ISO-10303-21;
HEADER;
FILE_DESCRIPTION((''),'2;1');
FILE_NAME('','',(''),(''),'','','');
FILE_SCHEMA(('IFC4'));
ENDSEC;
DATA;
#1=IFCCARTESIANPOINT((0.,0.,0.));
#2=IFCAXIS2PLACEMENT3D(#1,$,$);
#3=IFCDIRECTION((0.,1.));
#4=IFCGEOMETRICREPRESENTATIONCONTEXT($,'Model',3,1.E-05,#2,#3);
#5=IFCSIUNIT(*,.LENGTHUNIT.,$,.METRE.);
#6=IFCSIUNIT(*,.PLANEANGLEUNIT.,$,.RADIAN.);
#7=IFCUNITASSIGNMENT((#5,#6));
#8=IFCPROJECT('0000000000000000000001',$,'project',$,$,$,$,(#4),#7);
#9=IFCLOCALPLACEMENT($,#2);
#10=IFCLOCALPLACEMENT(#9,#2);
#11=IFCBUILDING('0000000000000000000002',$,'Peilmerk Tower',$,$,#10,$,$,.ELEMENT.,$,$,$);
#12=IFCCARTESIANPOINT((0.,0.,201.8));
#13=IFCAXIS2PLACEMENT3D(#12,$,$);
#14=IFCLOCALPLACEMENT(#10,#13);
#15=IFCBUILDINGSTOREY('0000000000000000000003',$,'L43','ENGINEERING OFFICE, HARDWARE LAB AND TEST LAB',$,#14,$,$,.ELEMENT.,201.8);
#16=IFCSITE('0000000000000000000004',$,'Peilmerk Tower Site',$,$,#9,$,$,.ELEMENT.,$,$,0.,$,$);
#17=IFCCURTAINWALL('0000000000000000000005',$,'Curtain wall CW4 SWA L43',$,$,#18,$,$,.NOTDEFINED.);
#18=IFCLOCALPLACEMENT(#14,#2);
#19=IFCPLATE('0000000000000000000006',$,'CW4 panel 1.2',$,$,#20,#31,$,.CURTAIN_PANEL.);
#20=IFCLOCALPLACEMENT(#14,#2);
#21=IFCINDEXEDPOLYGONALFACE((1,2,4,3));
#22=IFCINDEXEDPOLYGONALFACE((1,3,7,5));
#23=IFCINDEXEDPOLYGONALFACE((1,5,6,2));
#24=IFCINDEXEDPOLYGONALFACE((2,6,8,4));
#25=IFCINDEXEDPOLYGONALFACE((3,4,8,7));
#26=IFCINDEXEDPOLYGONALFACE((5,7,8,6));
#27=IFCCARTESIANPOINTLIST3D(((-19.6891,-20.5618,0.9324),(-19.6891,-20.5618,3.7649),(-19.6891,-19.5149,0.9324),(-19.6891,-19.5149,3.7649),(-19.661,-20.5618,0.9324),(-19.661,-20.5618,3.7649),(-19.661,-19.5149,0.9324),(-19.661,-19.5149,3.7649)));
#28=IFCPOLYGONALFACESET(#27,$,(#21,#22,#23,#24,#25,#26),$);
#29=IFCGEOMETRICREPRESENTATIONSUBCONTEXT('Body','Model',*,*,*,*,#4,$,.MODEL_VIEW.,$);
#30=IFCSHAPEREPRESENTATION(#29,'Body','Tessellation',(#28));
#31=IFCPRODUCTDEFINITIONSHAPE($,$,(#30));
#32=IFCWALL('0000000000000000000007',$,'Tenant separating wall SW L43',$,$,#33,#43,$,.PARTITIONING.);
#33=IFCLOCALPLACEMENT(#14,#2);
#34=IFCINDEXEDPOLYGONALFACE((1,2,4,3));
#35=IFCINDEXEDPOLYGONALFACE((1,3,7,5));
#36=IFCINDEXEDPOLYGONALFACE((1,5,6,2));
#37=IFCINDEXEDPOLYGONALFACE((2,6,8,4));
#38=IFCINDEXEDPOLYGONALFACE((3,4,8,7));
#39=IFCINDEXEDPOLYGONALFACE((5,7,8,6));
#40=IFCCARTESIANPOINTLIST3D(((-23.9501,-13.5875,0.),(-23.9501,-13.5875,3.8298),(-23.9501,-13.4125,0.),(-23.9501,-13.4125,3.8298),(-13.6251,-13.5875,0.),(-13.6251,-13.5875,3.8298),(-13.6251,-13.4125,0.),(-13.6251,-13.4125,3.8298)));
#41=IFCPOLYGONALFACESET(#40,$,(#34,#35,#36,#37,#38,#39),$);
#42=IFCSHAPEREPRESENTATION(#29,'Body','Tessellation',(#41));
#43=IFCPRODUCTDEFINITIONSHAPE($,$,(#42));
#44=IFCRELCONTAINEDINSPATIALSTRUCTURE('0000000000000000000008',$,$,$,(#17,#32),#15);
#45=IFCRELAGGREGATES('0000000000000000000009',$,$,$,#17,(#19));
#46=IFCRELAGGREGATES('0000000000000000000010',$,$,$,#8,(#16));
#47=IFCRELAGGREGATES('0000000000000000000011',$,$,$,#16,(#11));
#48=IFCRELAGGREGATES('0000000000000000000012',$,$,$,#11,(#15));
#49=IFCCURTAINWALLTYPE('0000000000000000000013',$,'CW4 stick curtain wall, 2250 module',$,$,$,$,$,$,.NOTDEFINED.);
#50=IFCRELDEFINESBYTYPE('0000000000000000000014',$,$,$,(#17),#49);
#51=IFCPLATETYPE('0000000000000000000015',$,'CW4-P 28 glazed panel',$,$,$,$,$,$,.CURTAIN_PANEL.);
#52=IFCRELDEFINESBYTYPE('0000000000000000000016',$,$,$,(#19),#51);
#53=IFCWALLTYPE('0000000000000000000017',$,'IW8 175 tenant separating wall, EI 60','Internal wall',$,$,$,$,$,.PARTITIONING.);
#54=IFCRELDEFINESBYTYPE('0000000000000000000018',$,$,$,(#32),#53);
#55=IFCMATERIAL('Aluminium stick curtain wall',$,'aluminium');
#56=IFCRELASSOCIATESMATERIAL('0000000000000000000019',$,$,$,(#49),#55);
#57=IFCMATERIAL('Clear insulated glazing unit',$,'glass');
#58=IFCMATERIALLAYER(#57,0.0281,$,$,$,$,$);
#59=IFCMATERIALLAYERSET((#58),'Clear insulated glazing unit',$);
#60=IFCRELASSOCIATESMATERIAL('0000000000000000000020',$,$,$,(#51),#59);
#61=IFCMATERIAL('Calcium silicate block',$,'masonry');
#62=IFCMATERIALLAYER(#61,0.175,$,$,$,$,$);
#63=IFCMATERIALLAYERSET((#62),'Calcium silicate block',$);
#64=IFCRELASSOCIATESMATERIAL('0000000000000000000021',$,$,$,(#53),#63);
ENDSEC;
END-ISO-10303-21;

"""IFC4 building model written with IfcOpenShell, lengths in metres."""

from ifc_helpers import new_model, si_unit, direction, frame, frame_2d, origin, origin_2d, place, context, subcontext, project, spatial, rectangle, extrude, material, layer, layer_set, type_object, element, aggregate, save


model = new_model("IFC4")

# Units and contexts
model_context = context("Model", 3, precision=1e-05, world=origin(), true_north=direction((0.0, 1.0)))
body_context = subcontext(model_context, "Body", "Model", "MODEL_VIEW")
ifc_project = project(units=[si_unit("LENGTHUNIT", "METRE"), si_unit("PLANEANGLEUNIT", "RADIAN")], contexts=[model_context])

# Site, building, storey
site_placement = place(None, origin())
site = spatial("IfcSite", under=ifc_project, at=site_placement, Name="Peilmerk Tower Site", CompositionType="ELEMENT", RefElevation=0.0)
building_placement = place(site_placement, origin())
building = spatial("IfcBuilding", under=site, at=building_placement, Name="Peilmerk Tower", CompositionType="ELEMENT")
storey_placement = place(building_placement, frame((0.0, 0.0, 201.8)))
storey = spatial("IfcBuildingStorey", under=building, at=storey_placement, Name="L43", Description="ENGINEERING OFFICE, HARDWARE LAB AND TEST LAB", CompositionType="ELEMENT", Elevation=201.8)

# Curtain wall
ifc_material_1 = material(Name="Aluminium stick curtain wall", Category="aluminium")
curtain_wall_type = type_object("IfcCurtainWallType", Name="CW4 stick curtain wall, 2250 module", PredefinedType="NOTDEFINED", material=ifc_material_1)
curtain_wall_placement = place(storey_placement, origin())
curtain_wall = element("IfcCurtainWall", 1, at=curtain_wall_placement, inside=storey, type_object=curtain_wall_type, Name="Curtain wall CW4 SWA L43", PredefinedType="NOTDEFINED")

# Plate
ifc_material_2 = material(Name="Clear insulated glazing unit", Category="glass")
ifc_layer_1 = layer(ifc_material_2, 0.0281)
ifc_layer_set_1 = layer_set([ifc_layer_1], Name="Clear insulated glazing unit")
plate_type = type_object("IfcPlateType", Name="CW4-P 28 glazed panel", PredefinedType="CURTAIN_PANEL", material=ifc_layer_set_1)
plate_1_placement = place(storey_placement, frame((-19.675, -20.0383, 0.9324), z_axis=(0.0, 0.0, 1.0), x_axis=(0.0, -1.0, 0.0)))
plate_1 = element("IfcPlate", 2, at=plate_1_placement, type_object=plate_type, Name="CW4 panel 1.2", PredefinedType="CURTAIN_PANEL", context=body_context, shape_type="SweptSolid", body=[
    extrude(rectangle(XDim=1.0469, YDim=0.0281, at=origin_2d()), origin(), (0.0, 0.0, 1.0), 2.8325),
])
aggregate(curtain_wall, [plate_1])

# Wall
ifc_material_3 = material(Name="Calcium silicate block", Category="masonry")
ifc_layer_2 = layer(ifc_material_3, 0.175)
ifc_layer_set_2 = layer_set([ifc_layer_2], Name="Calcium silicate block")
wall_type = type_object("IfcWallType", Name="IW8 175 tenant separating wall, EI 60", Description="Internal wall", PredefinedType="PARTITIONING", material=ifc_layer_set_2)
wall_placement = place(storey_placement, frame((-13.625, -13.5, 0.0), z_axis=(0.0, 0.0, 1.0), x_axis=(-1.0, 0.0, 0.0)))
element("IfcWall", 3, at=wall_placement, inside=storey, type_object=wall_type, Name="Tenant separating wall SW L43", PredefinedType="PARTITIONING", context=body_context, shape_type="SweptSolid", body=[
    extrude(rectangle(XDim=10.325, YDim=0.175, at=frame_2d((5.1626, 0.0))), origin(), (0.0, 0.0, 1.0), 3.8298),
])

save(model, "model.ifc")
